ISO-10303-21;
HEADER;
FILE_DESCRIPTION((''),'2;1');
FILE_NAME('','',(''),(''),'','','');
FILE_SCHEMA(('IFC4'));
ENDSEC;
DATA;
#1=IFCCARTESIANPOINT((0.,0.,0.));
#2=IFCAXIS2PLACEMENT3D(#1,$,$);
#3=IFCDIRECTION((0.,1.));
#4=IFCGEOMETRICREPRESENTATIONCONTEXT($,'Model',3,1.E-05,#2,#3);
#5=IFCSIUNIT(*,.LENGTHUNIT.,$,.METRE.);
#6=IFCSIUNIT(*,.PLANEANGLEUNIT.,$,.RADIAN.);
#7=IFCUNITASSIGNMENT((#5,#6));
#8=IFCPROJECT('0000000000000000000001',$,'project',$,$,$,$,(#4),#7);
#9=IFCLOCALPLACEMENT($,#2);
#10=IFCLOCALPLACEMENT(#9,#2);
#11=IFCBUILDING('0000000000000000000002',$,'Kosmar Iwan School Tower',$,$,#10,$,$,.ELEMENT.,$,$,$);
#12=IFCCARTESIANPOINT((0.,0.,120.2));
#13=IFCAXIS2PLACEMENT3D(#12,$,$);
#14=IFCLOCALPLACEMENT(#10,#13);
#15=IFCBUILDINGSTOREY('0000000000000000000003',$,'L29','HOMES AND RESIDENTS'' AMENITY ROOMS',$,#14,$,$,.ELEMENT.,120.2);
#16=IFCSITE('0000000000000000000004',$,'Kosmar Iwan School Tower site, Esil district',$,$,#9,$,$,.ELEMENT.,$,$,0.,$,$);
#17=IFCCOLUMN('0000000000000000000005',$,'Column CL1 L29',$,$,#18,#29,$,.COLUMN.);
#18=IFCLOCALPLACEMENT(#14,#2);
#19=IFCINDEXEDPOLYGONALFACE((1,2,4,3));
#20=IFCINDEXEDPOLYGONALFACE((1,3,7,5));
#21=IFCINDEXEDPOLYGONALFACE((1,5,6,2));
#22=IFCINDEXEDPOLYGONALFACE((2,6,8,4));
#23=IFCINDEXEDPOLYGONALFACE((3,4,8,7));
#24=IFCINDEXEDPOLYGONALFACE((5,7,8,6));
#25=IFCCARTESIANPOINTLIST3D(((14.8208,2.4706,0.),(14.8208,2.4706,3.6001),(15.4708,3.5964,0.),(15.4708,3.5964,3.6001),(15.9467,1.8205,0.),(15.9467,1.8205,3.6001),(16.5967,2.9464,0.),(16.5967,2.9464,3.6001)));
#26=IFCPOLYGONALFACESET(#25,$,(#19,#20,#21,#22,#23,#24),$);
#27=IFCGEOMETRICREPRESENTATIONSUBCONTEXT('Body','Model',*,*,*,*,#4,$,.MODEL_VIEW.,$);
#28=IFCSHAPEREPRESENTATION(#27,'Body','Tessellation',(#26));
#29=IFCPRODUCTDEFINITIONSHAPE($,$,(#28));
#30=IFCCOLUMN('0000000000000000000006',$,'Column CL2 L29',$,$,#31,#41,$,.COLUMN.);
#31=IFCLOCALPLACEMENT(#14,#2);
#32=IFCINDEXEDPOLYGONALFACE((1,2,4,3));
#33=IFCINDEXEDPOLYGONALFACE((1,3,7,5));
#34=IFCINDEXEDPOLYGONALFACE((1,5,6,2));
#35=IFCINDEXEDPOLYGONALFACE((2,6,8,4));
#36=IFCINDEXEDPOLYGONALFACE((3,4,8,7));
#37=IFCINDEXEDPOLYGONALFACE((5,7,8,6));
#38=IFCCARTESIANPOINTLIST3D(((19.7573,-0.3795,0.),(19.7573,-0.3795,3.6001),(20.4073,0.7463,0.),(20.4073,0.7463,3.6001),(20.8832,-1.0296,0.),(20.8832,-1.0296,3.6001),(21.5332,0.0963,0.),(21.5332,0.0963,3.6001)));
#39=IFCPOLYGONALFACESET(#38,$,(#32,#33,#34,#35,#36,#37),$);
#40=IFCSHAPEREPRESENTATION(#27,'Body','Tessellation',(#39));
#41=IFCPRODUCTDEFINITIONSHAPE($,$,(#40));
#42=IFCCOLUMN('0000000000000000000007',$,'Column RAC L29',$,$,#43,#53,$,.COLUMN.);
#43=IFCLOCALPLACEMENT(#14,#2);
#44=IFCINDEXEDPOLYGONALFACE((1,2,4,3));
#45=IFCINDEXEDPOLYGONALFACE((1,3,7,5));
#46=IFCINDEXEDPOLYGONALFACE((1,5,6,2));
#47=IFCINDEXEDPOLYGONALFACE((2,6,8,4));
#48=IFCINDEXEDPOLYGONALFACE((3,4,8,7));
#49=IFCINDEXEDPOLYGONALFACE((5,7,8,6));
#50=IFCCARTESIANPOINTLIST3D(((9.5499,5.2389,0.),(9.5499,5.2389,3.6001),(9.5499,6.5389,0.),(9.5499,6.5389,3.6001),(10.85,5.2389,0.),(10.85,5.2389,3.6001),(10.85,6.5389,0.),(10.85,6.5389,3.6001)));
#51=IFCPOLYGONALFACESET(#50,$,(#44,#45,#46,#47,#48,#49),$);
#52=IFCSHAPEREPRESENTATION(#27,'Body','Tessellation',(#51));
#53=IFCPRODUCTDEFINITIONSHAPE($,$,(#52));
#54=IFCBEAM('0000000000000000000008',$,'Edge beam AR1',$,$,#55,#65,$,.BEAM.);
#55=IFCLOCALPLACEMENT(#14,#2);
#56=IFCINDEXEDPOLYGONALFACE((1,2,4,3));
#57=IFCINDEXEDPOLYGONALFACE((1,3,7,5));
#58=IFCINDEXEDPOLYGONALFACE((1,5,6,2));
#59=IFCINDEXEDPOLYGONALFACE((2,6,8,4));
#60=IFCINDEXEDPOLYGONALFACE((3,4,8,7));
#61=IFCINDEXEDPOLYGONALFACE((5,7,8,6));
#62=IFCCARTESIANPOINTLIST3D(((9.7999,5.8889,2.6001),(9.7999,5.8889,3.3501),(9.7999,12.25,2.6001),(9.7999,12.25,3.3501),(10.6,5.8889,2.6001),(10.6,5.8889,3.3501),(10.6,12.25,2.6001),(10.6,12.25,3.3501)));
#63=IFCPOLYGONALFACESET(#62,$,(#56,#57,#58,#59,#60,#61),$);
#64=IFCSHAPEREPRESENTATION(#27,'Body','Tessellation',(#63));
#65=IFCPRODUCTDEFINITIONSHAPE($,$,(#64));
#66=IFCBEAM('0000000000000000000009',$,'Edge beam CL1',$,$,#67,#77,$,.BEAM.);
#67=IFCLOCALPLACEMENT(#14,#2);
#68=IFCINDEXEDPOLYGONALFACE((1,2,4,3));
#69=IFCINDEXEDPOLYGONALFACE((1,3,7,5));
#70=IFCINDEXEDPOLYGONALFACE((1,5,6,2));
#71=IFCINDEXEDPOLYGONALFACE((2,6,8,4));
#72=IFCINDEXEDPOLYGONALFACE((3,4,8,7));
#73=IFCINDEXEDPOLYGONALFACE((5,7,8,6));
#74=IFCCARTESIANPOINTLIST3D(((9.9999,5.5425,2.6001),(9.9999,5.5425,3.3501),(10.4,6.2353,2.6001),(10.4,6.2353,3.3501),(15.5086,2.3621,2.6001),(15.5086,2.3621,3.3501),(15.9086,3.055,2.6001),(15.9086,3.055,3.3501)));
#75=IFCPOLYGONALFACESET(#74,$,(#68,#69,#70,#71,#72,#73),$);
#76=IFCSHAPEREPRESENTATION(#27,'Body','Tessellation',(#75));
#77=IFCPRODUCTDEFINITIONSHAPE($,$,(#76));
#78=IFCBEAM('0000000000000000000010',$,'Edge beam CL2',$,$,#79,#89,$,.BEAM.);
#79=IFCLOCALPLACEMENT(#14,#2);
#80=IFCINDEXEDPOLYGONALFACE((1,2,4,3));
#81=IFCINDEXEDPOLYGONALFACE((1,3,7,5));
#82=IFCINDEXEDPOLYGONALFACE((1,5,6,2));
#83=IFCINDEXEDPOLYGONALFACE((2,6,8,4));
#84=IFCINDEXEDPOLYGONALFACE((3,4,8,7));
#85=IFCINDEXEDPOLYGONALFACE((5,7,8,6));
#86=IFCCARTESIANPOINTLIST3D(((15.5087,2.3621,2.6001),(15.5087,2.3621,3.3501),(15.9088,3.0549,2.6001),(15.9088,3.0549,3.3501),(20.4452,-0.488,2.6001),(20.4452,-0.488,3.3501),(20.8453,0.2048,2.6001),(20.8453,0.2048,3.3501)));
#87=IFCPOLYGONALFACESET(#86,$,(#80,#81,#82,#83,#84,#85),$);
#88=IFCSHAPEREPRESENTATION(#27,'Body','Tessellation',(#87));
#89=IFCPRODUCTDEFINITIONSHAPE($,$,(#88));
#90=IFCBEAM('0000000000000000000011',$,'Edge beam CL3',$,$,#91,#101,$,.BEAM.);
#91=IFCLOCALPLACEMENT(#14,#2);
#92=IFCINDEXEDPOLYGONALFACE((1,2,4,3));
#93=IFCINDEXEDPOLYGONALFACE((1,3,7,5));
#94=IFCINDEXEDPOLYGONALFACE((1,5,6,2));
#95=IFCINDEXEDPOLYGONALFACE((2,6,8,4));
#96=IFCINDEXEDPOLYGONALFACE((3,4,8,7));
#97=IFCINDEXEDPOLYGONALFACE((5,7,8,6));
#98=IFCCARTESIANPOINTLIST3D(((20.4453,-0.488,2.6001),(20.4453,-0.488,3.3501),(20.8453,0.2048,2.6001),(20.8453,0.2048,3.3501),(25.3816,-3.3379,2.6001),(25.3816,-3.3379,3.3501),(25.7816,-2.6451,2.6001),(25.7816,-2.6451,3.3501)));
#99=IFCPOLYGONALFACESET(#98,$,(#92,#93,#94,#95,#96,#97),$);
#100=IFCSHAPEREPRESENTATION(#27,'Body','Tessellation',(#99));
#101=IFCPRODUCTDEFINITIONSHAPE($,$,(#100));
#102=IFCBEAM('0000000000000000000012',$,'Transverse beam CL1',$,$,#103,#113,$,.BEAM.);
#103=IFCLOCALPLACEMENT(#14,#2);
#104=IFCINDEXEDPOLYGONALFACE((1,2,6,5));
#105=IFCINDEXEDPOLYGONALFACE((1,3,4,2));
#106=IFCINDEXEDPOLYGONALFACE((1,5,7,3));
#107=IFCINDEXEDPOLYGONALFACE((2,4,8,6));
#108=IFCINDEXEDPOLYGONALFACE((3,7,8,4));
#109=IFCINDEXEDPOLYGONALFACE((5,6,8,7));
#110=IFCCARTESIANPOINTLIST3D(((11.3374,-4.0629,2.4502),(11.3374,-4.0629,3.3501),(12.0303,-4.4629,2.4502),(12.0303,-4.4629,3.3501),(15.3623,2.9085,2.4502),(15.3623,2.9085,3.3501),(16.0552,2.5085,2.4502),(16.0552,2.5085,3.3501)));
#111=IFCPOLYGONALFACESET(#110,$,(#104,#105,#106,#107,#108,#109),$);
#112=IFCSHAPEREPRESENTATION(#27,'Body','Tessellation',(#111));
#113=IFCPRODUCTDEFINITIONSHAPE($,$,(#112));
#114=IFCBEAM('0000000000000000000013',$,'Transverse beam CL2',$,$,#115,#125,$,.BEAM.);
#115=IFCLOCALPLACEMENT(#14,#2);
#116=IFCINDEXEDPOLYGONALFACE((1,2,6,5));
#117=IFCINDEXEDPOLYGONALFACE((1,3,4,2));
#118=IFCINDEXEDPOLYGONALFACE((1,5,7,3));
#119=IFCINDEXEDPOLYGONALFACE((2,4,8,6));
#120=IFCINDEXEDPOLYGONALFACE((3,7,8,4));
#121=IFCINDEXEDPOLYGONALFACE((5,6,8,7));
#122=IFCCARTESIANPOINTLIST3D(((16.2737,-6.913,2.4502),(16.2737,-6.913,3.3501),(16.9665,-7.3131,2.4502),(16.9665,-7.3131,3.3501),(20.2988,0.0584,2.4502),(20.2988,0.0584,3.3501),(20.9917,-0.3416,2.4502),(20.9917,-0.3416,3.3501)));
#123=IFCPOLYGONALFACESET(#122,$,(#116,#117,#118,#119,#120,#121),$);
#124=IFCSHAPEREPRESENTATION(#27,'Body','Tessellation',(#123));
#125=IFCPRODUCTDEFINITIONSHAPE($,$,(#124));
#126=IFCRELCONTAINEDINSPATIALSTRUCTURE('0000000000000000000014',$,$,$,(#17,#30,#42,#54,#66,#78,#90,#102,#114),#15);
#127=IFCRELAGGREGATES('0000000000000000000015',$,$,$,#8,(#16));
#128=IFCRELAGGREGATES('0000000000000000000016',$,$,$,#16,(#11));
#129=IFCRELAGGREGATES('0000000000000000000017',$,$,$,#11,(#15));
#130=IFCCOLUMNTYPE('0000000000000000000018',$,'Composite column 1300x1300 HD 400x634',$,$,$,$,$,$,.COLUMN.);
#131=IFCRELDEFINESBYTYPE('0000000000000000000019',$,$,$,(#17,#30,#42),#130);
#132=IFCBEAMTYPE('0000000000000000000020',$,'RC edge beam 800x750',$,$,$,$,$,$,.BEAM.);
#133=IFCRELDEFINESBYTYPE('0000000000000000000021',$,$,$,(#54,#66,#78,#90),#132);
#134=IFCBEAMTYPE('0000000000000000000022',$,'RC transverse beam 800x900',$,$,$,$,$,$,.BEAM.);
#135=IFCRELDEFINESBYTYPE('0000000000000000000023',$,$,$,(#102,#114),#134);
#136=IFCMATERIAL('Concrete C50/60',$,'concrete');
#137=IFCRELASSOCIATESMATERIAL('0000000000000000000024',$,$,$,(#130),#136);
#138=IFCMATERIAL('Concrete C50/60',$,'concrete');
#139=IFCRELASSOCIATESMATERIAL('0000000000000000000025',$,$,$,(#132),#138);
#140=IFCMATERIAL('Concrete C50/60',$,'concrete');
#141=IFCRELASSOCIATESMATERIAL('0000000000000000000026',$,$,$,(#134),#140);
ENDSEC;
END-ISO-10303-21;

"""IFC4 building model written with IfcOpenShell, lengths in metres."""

from ifc_helpers import new_model, si_unit, direction, frame, origin, origin_2d, place, context, subcontext, project, spatial, rectangle, extrude, material, material_profile, profile_set, type_object, element, save


model = new_model("IFC4")

# Units and contexts
model_context = context("Model", 3, precision=1e-05, world=origin(), true_north=direction((0.0, 1.0)))
body_context = subcontext(model_context, "Body", "Model", "MODEL_VIEW")
ifc_project = project(units=[si_unit("LENGTHUNIT", "METRE"), si_unit("PLANEANGLEUNIT", "RADIAN")], contexts=[model_context])

# Site, building, storey
site_placement = place(None, origin())
site = spatial("IfcSite", under=ifc_project, at=site_placement, Name="Kosmar Iwan School Tower site, Esil district", CompositionType="ELEMENT", RefElevation=0.0)
building_placement = place(site_placement, origin())
building = spatial("IfcBuilding", under=site, at=building_placement, Name="Kosmar Iwan School Tower", CompositionType="ELEMENT")
storey_placement = place(building_placement, frame((0.0, 0.0, 120.2)))
storey = spatial("IfcBuildingStorey", under=building, at=storey_placement, Name="L29", Description="HOMES AND RESIDENTS' AMENITY ROOMS", CompositionType="ELEMENT", Elevation=120.2)

# Columns
ifc_material_1 = material(Name="Concrete C50/60", Category="concrete")
ifc_material_profile_1 = material_profile(ifc_material_1, rectangle(XDim=1.3, YDim=1.3, at=origin_2d()), Name="RC 1300x1300 + HD 400x634")
ifc_profile_set_1 = profile_set([ifc_material_profile_1], Name="Concrete C50/60")
column_type = type_object("IfcColumnType", Name="Composite column 1300x1300 HD 400x634", PredefinedType="COLUMN", material=ifc_profile_set_1)
for number, where, z_axis, x_axis, name in (
    (1, (15.7087, 2.7085, 0.0), (0.0, 0.0, 1.0), (0.866025, -0.5, 0.0), "Column CL1 L29"),
    (2, (20.6453, -0.1416, 0.0), (0.0, 0.0, 1.0), (0.866025, -0.5, 0.0), "Column CL2 L29"),
    (3, (10.2, 5.8889, 0.0), (0.0, 0.0, 1.0), (1.0, 0.0, 0.0), "Column RAC L29"),
):
    element("IfcColumn", number, at=place(storey_placement, frame(where, z_axis=z_axis, x_axis=x_axis)), inside=storey, type_object=column_type, Name=name, PredefinedType="COLUMN", context=body_context, shape_type="SweptSolid", body=[
        extrude(rectangle(XDim=1.3, YDim=1.3, at=origin_2d()), origin(), (0.0, 0.0, 1.0), 3.6001),
    ])

# Beams
ifc_material_2 = material(Name="Concrete C50/60", Category="concrete")
ifc_material_profile_2 = material_profile(ifc_material_2, rectangle(XDim=0.8, YDim=0.75, at=origin_2d()), Name="RC 800x750")
ifc_profile_set_2 = profile_set([ifc_material_profile_2], Name="Concrete C50/60")
beam_type_1 = type_object("IfcBeamType", Name="RC edge beam 800x750", PredefinedType="BEAM", material=ifc_profile_set_2)
beam_1_placement = place(storey_placement, frame((10.2, 5.8889, 2.9751), z_axis=(0.0, 1.0, 0.0), x_axis=(-1.0, 0.0, 0.0)))
element("IfcBeam", 4, at=beam_1_placement, inside=storey, type_object=beam_type_1, Name="Edge beam AR1", PredefinedType="BEAM", context=body_context, shape_type="SweptSolid", body=[
    extrude(rectangle(XDim=0.8, YDim=0.75, at=origin_2d()), origin(), (0.0, 0.0, 1.0), 6.3611),
])
beam_2_placement = place(storey_placement, frame((10.2, 5.8889, 2.9751), z_axis=(0.866031, -0.49999, 0.0), x_axis=(0.49999, 0.866031, 0.0)))
element("IfcBeam", 5, at=beam_2_placement, inside=storey, type_object=beam_type_1, Name="Edge beam CL1", PredefinedType="BEAM", context=body_context, shape_type="SweptSolid", body=[
    extrude(rectangle(XDim=0.8, YDim=0.75, at=origin_2d()), origin(), (0.0, 0.0, 1.0), 6.3608),
])
beam_3_placement = place(storey_placement, frame((15.7087, 2.7085, 2.9751), z_axis=(0.866026, -0.499999, 0.0), x_axis=(0.499999, 0.866026, 0.0)))
element("IfcBeam", 6, at=beam_3_placement, inside=storey, type_object=beam_type_1, Name="Edge beam CL2", PredefinedType="BEAM", context=body_context, shape_type="SweptSolid", body=[
    extrude(rectangle(XDim=0.8, YDim=0.75, at=origin_2d()), origin(), (0.0, 0.0, 1.0), 5.7002),
])
beam_4_placement = place(storey_placement, frame((20.6453, -0.1416, 2.9751), z_axis=(0.866034, -0.499986, 0.0), x_axis=(0.499986, 0.866034, 0.0)))
element("IfcBeam", 7, at=beam_4_placement, inside=storey, type_object=beam_type_1, Name="Edge beam CL3", PredefinedType="BEAM", context=body_context, shape_type="SweptSolid", body=[
    extrude(rectangle(XDim=0.8, YDim=0.75, at=origin_2d()), origin(), (0.0, 0.0, 1.0), 5.7),
])
ifc_material_3 = material(Name="Concrete C50/60", Category="concrete")
ifc_material_profile_3 = material_profile(ifc_material_3, rectangle(XDim=0.8, YDim=0.8999, at=origin_2d()), Name="RC 800x900")
ifc_profile_set_3 = profile_set([ifc_material_profile_3], Name="Concrete C50/60")
beam_type_2 = type_object("IfcBeamType", Name="RC transverse beam 800x900", PredefinedType="BEAM", material=ifc_profile_set_3)
beam_5_placement = place(storey_placement, frame((15.7087, 2.7085, 2.9001), z_axis=(-0.499995, -0.866029, 0.0), x_axis=(0.866029, -0.499995, 0.0)))
element("IfcBeam", 8, at=beam_5_placement, inside=storey, type_object=beam_type_2, Name="Transverse beam CL1", PredefinedType="BEAM", context=body_context, shape_type="SweptSolid", body=[
    extrude(rectangle(XDim=0.8, YDim=0.8999, at=origin_2d()), origin(), (0.0, 0.0, 1.0), 8.0498),
])
beam_6_placement = place(storey_placement, frame((20.6453, -0.1416, 2.9001), z_axis=(-0.500017, -0.866015, 0.0), x_axis=(0.866015, -0.500017, 0.0)))
element("IfcBeam", 9, at=beam_6_placement, inside=storey, type_object=beam_type_2, Name="Transverse beam CL2", PredefinedType="BEAM", context=body_context, shape_type="SweptSolid", body=[
    extrude(rectangle(XDim=0.8, YDim=0.8999, at=origin_2d()), origin(), (0.0, 0.0, 1.0), 8.05),
])

save(model, "model.ifc")
